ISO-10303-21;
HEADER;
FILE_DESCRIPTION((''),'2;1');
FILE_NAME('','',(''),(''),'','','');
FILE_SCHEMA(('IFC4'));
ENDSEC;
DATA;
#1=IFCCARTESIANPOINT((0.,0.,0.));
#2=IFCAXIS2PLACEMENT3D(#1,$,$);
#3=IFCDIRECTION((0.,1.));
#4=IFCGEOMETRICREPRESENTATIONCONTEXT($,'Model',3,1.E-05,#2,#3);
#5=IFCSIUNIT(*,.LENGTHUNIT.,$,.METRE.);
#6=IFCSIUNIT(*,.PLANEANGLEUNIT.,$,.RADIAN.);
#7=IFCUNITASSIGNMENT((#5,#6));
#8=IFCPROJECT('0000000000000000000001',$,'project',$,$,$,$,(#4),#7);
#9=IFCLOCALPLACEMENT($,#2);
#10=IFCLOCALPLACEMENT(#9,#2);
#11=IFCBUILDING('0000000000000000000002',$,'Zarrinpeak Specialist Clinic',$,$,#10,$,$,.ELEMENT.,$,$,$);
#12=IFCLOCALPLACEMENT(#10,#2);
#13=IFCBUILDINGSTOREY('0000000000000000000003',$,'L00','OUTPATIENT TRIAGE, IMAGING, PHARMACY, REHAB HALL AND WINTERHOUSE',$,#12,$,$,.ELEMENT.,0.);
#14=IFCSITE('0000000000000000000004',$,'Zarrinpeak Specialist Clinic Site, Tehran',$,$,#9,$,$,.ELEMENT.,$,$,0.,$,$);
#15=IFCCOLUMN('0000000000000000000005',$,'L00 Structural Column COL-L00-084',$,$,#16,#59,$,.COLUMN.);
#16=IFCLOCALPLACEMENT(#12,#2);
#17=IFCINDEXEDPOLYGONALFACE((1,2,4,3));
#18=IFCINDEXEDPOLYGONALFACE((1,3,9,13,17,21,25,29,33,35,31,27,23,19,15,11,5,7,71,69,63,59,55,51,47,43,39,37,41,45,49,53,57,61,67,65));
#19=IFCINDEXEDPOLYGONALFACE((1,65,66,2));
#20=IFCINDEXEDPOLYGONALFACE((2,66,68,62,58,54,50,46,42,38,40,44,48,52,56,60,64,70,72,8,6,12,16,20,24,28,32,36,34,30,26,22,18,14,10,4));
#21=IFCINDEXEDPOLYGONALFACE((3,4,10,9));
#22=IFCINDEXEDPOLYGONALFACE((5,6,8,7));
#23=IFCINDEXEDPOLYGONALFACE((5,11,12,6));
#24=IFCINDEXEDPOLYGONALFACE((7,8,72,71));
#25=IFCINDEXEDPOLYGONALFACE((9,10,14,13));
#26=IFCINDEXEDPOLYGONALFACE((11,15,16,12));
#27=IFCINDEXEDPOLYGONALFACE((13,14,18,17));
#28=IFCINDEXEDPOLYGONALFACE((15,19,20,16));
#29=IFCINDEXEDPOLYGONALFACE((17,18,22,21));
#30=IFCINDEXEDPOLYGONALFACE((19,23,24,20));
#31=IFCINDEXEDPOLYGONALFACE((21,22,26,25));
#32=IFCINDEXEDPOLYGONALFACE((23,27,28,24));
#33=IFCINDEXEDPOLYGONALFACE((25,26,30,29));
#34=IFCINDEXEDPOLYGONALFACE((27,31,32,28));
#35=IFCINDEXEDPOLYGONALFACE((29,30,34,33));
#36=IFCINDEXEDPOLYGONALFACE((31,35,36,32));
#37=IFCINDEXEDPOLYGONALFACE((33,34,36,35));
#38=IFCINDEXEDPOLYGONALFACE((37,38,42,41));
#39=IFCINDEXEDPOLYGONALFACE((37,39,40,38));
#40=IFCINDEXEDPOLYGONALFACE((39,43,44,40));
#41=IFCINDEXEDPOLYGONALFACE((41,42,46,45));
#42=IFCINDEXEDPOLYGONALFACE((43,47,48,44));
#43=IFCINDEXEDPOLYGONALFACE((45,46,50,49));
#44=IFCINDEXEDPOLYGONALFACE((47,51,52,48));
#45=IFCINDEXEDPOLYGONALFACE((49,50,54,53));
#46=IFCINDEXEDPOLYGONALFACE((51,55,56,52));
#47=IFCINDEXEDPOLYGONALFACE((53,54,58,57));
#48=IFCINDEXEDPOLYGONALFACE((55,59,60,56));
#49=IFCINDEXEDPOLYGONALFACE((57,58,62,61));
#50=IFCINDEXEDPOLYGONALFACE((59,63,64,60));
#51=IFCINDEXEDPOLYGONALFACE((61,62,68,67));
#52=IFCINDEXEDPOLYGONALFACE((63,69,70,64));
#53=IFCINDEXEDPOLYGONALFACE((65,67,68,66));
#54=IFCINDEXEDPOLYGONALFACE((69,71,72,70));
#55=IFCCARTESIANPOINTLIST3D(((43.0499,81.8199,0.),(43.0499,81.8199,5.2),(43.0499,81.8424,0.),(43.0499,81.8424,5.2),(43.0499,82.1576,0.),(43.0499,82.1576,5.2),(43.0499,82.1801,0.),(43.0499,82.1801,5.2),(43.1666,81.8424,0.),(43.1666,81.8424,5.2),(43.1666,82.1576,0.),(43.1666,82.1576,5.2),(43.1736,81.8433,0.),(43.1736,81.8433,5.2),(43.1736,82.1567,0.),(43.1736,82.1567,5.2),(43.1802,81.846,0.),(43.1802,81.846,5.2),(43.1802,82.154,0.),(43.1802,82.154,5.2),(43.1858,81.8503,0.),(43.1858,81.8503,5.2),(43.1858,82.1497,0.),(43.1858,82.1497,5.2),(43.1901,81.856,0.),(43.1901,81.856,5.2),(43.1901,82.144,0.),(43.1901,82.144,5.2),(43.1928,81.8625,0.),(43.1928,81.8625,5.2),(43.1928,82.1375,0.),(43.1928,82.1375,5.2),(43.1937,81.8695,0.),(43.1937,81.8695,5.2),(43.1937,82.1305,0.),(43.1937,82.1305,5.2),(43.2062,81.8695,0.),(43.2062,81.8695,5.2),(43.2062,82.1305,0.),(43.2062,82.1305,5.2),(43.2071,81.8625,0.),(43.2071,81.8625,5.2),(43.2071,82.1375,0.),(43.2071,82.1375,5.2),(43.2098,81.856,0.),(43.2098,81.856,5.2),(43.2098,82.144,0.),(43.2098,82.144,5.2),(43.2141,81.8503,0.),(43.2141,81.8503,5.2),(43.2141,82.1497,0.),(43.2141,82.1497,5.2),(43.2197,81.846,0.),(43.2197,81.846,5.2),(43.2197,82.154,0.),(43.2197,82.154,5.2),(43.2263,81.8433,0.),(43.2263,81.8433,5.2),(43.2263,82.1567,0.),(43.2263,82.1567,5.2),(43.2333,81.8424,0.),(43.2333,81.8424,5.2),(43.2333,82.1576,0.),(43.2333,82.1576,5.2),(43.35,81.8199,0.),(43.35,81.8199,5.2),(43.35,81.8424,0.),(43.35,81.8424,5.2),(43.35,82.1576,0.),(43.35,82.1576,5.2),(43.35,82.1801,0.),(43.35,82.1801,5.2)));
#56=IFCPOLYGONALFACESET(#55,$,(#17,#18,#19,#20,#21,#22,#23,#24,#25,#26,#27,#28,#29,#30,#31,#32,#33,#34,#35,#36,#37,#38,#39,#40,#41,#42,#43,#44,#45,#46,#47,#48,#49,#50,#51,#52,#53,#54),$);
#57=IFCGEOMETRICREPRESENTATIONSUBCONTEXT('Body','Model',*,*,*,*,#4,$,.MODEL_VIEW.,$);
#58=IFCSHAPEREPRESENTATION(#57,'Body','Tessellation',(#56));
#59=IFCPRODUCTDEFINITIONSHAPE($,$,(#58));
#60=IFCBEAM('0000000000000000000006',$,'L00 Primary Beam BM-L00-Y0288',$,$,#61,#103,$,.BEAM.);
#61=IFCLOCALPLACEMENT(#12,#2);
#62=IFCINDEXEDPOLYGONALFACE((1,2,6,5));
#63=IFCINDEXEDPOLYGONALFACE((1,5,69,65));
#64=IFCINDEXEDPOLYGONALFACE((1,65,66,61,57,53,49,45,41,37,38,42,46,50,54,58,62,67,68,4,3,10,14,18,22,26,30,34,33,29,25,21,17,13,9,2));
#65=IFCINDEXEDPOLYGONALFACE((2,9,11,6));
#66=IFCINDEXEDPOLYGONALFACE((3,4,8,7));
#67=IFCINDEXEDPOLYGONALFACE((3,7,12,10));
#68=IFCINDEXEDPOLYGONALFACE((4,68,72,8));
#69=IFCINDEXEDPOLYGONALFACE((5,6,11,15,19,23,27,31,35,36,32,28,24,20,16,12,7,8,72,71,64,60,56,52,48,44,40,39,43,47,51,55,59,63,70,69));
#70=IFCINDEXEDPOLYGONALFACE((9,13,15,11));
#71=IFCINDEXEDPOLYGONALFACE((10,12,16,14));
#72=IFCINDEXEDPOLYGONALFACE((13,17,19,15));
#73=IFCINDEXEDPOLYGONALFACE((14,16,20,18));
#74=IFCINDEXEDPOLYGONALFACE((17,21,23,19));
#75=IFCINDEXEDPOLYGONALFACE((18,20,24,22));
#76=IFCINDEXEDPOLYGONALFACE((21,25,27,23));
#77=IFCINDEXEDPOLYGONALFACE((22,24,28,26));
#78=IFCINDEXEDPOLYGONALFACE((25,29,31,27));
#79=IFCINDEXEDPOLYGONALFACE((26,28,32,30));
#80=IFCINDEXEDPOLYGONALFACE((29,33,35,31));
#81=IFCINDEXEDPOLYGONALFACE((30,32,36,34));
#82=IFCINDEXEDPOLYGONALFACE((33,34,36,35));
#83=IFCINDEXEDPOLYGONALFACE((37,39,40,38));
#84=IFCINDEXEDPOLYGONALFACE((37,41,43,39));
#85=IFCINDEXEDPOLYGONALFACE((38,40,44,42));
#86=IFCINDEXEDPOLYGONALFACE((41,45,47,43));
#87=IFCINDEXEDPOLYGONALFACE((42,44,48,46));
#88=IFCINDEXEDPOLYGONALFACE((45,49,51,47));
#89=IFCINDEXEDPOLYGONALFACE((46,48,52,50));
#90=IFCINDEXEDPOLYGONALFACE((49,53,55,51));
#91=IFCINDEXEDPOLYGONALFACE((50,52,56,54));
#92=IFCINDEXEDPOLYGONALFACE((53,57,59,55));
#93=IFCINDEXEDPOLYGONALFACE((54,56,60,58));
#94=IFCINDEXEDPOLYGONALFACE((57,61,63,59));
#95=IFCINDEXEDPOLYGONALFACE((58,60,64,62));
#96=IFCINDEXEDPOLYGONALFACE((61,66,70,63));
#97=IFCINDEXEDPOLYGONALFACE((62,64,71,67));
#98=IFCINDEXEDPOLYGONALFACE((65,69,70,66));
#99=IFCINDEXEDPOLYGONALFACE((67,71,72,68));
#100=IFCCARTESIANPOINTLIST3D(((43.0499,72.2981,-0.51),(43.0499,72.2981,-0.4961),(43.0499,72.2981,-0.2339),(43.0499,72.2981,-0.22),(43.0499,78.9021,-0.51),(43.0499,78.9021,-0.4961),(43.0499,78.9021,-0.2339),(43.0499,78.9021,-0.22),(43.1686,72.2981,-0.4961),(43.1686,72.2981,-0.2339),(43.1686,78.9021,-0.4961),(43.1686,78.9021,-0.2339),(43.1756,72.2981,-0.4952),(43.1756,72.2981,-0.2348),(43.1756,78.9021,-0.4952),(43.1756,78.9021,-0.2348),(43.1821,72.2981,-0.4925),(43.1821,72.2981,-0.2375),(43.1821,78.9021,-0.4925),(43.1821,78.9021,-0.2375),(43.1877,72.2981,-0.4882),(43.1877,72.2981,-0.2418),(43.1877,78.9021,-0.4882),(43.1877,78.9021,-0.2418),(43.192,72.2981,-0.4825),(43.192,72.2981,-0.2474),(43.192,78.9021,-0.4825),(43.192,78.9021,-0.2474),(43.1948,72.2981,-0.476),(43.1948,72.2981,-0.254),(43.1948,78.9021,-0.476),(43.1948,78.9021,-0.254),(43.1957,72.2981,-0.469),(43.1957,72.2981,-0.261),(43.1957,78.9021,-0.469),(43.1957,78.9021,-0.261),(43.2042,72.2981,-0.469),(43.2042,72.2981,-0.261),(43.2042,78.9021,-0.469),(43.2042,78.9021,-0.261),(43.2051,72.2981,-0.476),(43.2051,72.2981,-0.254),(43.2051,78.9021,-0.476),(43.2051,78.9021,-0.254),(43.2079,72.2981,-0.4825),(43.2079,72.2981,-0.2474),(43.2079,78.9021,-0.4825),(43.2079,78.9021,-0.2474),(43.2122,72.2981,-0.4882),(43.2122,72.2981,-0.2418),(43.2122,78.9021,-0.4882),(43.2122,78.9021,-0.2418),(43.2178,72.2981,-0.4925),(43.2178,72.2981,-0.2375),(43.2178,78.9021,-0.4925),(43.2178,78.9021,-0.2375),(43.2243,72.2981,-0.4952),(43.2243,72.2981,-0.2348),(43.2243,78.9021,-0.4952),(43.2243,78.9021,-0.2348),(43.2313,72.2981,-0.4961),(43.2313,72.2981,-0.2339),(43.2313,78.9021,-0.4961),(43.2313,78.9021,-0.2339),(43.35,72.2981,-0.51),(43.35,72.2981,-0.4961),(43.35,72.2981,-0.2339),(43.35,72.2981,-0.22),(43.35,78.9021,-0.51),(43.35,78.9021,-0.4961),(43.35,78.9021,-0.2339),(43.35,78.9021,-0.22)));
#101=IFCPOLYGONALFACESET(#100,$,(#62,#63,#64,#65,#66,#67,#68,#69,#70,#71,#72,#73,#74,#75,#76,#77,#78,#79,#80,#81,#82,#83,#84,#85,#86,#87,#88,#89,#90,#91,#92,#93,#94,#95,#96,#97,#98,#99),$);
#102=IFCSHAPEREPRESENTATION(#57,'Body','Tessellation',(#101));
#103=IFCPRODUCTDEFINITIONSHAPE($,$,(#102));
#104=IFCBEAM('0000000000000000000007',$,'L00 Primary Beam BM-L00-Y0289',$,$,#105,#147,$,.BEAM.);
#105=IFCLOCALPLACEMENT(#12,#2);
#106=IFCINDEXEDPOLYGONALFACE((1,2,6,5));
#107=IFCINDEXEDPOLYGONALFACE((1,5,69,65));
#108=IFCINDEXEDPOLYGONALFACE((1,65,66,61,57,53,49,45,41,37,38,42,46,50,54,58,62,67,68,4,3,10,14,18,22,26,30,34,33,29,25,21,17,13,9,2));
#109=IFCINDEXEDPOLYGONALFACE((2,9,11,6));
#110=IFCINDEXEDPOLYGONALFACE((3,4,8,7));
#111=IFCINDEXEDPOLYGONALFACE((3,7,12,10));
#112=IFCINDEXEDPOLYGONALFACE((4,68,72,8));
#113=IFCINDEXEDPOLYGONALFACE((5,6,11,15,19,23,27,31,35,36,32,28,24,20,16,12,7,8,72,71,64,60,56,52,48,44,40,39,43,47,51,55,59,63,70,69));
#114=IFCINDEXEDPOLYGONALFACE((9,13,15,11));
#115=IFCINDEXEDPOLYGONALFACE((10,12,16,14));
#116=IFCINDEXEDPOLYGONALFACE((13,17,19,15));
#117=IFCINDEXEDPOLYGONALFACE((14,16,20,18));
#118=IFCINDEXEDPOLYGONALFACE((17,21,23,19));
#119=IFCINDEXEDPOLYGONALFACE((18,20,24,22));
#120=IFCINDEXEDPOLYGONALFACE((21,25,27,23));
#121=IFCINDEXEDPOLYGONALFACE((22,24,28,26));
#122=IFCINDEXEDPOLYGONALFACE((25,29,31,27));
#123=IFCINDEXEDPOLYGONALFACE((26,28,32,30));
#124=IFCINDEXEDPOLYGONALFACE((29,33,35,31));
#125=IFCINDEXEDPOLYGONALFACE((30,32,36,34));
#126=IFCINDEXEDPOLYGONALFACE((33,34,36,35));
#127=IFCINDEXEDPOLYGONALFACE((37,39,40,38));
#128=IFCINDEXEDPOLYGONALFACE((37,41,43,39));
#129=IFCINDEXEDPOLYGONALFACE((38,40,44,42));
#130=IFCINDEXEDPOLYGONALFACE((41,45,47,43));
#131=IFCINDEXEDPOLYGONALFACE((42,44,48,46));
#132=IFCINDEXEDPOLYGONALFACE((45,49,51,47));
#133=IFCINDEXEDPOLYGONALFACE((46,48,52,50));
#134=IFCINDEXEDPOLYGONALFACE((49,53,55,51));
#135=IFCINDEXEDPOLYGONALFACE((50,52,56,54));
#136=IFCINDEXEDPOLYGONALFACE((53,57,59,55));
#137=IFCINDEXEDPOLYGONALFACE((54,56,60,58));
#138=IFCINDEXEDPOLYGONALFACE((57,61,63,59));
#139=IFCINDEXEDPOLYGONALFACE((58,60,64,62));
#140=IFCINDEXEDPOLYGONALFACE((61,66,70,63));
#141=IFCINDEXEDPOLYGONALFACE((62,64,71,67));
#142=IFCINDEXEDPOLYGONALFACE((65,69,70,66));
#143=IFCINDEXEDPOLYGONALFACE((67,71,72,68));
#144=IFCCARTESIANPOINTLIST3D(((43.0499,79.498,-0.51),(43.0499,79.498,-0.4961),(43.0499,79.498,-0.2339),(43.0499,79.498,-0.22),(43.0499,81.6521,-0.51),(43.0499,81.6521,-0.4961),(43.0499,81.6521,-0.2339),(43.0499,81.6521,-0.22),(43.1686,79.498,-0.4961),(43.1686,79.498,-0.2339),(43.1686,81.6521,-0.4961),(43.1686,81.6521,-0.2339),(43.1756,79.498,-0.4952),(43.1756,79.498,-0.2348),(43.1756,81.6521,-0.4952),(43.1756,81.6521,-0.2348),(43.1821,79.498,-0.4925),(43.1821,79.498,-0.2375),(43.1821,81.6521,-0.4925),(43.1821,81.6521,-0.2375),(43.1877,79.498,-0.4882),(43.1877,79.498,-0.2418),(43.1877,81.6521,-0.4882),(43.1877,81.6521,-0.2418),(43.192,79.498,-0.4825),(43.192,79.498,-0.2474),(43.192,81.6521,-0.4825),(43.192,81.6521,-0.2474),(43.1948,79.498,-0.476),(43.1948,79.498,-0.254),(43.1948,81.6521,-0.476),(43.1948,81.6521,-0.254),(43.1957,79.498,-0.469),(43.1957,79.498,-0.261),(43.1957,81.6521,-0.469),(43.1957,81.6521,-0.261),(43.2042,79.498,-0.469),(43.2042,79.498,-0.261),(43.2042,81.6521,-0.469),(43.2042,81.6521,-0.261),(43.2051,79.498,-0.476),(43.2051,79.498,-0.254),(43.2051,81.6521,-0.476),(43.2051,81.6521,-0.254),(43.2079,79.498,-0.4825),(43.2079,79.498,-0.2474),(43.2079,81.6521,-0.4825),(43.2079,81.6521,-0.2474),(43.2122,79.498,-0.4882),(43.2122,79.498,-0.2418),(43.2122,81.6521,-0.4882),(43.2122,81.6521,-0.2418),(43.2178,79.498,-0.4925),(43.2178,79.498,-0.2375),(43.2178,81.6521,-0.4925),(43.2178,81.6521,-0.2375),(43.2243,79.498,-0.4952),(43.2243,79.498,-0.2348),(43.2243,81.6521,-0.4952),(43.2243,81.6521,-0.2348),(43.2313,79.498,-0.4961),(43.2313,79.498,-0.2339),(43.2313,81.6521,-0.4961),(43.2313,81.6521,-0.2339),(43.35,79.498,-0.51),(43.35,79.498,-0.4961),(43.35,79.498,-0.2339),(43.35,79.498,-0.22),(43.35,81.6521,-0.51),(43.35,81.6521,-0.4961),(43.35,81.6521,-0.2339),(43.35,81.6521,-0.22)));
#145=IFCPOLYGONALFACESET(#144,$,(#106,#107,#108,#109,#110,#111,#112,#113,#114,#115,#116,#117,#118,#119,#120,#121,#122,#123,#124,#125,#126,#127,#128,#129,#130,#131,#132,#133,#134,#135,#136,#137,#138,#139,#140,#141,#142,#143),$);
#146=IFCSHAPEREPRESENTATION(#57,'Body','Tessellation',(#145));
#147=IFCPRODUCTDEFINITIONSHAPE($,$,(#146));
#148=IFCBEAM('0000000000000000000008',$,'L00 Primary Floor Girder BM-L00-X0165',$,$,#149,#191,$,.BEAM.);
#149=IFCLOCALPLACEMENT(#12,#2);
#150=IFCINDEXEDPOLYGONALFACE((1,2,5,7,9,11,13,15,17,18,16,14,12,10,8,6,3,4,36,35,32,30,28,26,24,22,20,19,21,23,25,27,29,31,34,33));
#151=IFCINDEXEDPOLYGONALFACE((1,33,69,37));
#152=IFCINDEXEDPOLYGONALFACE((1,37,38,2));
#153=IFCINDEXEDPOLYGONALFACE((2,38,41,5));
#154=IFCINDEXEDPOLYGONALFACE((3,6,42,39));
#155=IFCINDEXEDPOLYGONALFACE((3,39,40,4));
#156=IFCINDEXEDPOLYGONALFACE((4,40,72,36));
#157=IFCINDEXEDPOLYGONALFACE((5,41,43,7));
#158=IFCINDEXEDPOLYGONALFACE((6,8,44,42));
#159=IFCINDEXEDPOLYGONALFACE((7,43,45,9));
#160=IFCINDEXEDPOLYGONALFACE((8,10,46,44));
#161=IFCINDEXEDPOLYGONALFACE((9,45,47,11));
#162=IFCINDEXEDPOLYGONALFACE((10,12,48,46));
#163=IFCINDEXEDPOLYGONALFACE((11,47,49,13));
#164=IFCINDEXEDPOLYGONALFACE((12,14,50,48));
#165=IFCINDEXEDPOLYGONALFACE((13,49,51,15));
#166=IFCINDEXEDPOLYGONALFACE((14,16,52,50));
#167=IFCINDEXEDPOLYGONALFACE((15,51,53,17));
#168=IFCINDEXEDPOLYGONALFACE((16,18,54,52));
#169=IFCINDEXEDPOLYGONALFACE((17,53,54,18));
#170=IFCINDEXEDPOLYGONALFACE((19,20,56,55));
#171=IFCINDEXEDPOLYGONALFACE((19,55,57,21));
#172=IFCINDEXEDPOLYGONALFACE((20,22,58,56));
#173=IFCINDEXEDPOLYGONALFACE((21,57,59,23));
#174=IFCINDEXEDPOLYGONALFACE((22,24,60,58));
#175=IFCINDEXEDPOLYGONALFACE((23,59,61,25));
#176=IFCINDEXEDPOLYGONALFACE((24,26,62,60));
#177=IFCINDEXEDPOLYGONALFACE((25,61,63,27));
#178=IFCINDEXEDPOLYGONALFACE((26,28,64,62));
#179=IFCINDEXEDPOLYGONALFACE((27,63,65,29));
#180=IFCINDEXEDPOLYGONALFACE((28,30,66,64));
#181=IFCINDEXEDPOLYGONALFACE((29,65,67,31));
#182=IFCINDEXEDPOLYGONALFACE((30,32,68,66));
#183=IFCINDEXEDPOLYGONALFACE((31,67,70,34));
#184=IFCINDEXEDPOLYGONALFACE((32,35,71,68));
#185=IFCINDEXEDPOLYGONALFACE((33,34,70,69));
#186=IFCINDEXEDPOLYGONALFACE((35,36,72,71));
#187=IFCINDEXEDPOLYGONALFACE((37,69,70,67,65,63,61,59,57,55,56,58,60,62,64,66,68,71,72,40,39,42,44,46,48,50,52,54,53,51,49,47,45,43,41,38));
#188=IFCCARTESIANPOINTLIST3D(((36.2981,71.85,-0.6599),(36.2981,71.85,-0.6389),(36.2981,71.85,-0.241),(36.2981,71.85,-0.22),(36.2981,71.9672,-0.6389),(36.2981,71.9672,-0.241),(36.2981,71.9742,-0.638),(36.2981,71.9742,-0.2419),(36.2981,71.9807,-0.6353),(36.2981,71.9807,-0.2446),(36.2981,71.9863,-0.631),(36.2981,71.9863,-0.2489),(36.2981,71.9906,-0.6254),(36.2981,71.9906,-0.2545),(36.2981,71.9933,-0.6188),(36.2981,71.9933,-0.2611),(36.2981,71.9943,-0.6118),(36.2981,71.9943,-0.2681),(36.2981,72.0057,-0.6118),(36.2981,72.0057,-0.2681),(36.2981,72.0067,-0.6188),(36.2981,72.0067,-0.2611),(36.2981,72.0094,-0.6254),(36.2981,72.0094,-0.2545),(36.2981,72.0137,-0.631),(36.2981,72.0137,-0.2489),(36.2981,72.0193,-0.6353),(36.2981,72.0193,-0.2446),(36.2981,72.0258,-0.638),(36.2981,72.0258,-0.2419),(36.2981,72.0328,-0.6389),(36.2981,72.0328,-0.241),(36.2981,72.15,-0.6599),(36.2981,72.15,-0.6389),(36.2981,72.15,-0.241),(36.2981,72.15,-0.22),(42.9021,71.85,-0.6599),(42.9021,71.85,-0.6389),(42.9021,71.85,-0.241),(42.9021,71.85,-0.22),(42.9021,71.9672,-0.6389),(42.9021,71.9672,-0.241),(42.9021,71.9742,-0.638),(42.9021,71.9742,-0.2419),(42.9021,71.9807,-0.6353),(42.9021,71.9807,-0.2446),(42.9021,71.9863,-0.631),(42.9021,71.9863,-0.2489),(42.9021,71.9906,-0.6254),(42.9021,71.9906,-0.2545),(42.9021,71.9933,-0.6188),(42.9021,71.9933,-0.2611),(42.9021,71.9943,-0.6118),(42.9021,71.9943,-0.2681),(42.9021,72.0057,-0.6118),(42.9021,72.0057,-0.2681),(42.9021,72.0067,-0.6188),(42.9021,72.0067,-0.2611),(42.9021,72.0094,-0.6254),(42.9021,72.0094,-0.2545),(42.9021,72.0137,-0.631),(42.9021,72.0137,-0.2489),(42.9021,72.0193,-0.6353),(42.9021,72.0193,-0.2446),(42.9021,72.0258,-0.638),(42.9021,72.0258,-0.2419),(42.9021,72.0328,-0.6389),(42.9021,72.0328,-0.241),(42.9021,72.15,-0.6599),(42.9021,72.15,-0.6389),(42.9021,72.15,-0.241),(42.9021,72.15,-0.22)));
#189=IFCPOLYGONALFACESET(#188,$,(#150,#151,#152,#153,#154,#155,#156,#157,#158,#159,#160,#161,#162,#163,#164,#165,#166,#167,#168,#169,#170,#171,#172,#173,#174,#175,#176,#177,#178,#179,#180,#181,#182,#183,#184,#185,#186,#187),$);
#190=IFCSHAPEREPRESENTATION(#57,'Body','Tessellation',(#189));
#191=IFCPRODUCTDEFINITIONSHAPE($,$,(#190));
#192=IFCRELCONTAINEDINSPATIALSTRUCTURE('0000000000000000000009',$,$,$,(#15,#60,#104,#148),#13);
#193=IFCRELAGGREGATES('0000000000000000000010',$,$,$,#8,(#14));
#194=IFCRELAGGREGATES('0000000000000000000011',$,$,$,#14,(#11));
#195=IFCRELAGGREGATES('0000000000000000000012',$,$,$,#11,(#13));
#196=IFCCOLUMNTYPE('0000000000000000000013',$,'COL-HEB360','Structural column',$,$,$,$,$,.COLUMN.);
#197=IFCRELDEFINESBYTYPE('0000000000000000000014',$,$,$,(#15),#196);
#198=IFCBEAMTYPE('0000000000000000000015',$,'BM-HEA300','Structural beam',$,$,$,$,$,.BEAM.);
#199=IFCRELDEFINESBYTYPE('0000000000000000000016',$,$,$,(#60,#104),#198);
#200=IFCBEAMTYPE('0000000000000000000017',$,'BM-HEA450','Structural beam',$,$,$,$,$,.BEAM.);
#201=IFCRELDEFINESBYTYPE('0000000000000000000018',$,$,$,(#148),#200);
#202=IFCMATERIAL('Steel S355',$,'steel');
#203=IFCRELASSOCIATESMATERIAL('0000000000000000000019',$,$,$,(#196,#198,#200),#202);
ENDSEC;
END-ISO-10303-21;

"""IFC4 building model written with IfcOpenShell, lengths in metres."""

from ifc_helpers import new_model, si_unit, direction, frame, origin, origin_2d, place, context, subcontext, project, spatial, i_section, extrude, material, material_profile, profile_set, type_object, element, save


model = new_model("IFC4")

# Units and contexts
model_context = context("Model", 3, precision=1e-05, world=origin(), true_north=direction((0.0, 1.0)))
body_context = subcontext(model_context, "Body", "Model", "MODEL_VIEW")
ifc_project = project(units=[si_unit("LENGTHUNIT", "METRE"), si_unit("PLANEANGLEUNIT", "RADIAN")], contexts=[model_context])

# Site, building, storey
site_placement = place(None, origin())
site = spatial("IfcSite", under=ifc_project, at=site_placement, Name="Zarrinpeak Specialist Clinic Site, Tehran", CompositionType="ELEMENT", RefElevation=0.0)
building_placement = place(site_placement, origin())
building = spatial("IfcBuilding", under=site, at=building_placement, Name="Zarrinpeak Specialist Clinic", CompositionType="ELEMENT")
storey_placement = place(building_placement, origin())
storey = spatial("IfcBuildingStorey", under=building, at=storey_placement, Name="L00", Description="OUTPATIENT TRIAGE, IMAGING, PHARMACY, REHAB HALL AND WINTERHOUSE", CompositionType="ELEMENT", Elevation=0.0)

# Column
ifc_material_1 = material(Name="Steel S355", Category="steel")
ifc_material_profile_1 = material_profile(ifc_material_1, i_section(OverallWidth=0.3, OverallDepth=0.3601, WebThickness=0.0125, FlangeThickness=0.0225, FilletRadius=0.0271, at=origin_2d()), Name="HEB 360")
ifc_profile_set_1 = profile_set([ifc_material_profile_1], Name="Steel S355")
column_type = type_object("IfcColumnType", Name="COL-HEB360", Description="Structural column", PredefinedType="COLUMN", material=ifc_profile_set_1)
column_placement = place(storey_placement, frame((43.2, 82.0, 0.0), z_axis=(0.0, 0.0, 1.0), x_axis=(1.0, 0.0, 0.0)))
element("IfcColumn", 1, at=column_placement, inside=storey, type_object=column_type, Name="L00 Structural Column COL-L00-084", PredefinedType="COLUMN", context=body_context, shape_type="SweptSolid", body=[
    extrude(i_section(OverallWidth=0.3, OverallDepth=0.3601, WebThickness=0.0125, FlangeThickness=0.0225, FilletRadius=0.0271, at=origin_2d()), origin(), (0.0, 0.0, 1.0), 5.2),
])

# Beams
ifc_material_profile_2 = material_profile(ifc_material_1, i_section(OverallWidth=0.3, OverallDepth=0.29, WebThickness=0.0085, FlangeThickness=0.0139, FilletRadius=0.0271, at=origin_2d()), Name="HEA 300")
ifc_profile_set_2 = profile_set([ifc_material_profile_2], Name="Steel S355")
beam_type_1 = type_object("IfcBeamType", Name="BM-HEA300", Description="Structural beam", PredefinedType="BEAM", material=ifc_profile_set_2)
beam_1_placement = place(storey_placement, frame((43.2, 72.2981, -0.365), z_axis=(0.0, 1.0, 0.0), x_axis=(-1.0, 0.0, 0.0)))
element("IfcBeam", 2, at=beam_1_placement, inside=storey, type_object=beam_type_1, Name="L00 Primary Beam BM-L00-Y0288", PredefinedType="BEAM", context=body_context, shape_type="SweptSolid", body=[
    extrude(i_section(OverallWidth=0.3, OverallDepth=0.29, WebThickness=0.0085, FlangeThickness=0.0139, FilletRadius=0.0271, at=origin_2d()), origin(), (0.0, 0.0, 1.0), 6.604),
])
beam_2_placement = place(storey_placement, frame((43.2, 79.498, -0.365), z_axis=(0.0, 1.0, 0.0), x_axis=(-1.0, 0.0, 0.0)))
element("IfcBeam", 3, at=beam_2_placement, inside=storey, type_object=beam_type_1, Name="L00 Primary Beam BM-L00-Y0289", PredefinedType="BEAM", context=body_context, shape_type="SweptSolid", body=[
    extrude(i_section(OverallWidth=0.3, OverallDepth=0.29, WebThickness=0.0085, FlangeThickness=0.0139, FilletRadius=0.0271, at=origin_2d()), origin(), (0.0, 0.0, 1.0), 2.1541),
])
ifc_material_profile_3 = material_profile(ifc_material_1, i_section(OverallWidth=0.3, OverallDepth=0.4399, WebThickness=0.0115, FlangeThickness=0.021, FilletRadius=0.0271, at=origin_2d()), Name="HEA 450")
ifc_profile_set_3 = profile_set([ifc_material_profile_3], Name="Steel S355")
beam_type_2 = type_object("IfcBeamType", Name="BM-HEA450", Description="Structural beam", PredefinedType="BEAM", material=ifc_profile_set_3)
for number, where, z_axis, x_axis, name in (
    (4, (36.2981, 72.0, -0.4399), (1.0, 0.0, 0.0), (0.0, 1.0, 0.0), "L00 Primary Floor Girder BM-L00-X0165"),
):
    element("IfcBeam", number, at=place(storey_placement, frame(where, z_axis=z_axis, x_axis=x_axis)), inside=storey, type_object=beam_type_2, Name=name, PredefinedType="BEAM", context=body_context, shape_type="SweptSolid", body=[
        extrude(i_section(OverallWidth=0.3, OverallDepth=0.4399, WebThickness=0.0115, FlangeThickness=0.021, FilletRadius=0.0271, at=origin_2d()), origin(), (0.0, 0.0, 1.0), 6.604),
    ])

save(model, "model.ifc")
